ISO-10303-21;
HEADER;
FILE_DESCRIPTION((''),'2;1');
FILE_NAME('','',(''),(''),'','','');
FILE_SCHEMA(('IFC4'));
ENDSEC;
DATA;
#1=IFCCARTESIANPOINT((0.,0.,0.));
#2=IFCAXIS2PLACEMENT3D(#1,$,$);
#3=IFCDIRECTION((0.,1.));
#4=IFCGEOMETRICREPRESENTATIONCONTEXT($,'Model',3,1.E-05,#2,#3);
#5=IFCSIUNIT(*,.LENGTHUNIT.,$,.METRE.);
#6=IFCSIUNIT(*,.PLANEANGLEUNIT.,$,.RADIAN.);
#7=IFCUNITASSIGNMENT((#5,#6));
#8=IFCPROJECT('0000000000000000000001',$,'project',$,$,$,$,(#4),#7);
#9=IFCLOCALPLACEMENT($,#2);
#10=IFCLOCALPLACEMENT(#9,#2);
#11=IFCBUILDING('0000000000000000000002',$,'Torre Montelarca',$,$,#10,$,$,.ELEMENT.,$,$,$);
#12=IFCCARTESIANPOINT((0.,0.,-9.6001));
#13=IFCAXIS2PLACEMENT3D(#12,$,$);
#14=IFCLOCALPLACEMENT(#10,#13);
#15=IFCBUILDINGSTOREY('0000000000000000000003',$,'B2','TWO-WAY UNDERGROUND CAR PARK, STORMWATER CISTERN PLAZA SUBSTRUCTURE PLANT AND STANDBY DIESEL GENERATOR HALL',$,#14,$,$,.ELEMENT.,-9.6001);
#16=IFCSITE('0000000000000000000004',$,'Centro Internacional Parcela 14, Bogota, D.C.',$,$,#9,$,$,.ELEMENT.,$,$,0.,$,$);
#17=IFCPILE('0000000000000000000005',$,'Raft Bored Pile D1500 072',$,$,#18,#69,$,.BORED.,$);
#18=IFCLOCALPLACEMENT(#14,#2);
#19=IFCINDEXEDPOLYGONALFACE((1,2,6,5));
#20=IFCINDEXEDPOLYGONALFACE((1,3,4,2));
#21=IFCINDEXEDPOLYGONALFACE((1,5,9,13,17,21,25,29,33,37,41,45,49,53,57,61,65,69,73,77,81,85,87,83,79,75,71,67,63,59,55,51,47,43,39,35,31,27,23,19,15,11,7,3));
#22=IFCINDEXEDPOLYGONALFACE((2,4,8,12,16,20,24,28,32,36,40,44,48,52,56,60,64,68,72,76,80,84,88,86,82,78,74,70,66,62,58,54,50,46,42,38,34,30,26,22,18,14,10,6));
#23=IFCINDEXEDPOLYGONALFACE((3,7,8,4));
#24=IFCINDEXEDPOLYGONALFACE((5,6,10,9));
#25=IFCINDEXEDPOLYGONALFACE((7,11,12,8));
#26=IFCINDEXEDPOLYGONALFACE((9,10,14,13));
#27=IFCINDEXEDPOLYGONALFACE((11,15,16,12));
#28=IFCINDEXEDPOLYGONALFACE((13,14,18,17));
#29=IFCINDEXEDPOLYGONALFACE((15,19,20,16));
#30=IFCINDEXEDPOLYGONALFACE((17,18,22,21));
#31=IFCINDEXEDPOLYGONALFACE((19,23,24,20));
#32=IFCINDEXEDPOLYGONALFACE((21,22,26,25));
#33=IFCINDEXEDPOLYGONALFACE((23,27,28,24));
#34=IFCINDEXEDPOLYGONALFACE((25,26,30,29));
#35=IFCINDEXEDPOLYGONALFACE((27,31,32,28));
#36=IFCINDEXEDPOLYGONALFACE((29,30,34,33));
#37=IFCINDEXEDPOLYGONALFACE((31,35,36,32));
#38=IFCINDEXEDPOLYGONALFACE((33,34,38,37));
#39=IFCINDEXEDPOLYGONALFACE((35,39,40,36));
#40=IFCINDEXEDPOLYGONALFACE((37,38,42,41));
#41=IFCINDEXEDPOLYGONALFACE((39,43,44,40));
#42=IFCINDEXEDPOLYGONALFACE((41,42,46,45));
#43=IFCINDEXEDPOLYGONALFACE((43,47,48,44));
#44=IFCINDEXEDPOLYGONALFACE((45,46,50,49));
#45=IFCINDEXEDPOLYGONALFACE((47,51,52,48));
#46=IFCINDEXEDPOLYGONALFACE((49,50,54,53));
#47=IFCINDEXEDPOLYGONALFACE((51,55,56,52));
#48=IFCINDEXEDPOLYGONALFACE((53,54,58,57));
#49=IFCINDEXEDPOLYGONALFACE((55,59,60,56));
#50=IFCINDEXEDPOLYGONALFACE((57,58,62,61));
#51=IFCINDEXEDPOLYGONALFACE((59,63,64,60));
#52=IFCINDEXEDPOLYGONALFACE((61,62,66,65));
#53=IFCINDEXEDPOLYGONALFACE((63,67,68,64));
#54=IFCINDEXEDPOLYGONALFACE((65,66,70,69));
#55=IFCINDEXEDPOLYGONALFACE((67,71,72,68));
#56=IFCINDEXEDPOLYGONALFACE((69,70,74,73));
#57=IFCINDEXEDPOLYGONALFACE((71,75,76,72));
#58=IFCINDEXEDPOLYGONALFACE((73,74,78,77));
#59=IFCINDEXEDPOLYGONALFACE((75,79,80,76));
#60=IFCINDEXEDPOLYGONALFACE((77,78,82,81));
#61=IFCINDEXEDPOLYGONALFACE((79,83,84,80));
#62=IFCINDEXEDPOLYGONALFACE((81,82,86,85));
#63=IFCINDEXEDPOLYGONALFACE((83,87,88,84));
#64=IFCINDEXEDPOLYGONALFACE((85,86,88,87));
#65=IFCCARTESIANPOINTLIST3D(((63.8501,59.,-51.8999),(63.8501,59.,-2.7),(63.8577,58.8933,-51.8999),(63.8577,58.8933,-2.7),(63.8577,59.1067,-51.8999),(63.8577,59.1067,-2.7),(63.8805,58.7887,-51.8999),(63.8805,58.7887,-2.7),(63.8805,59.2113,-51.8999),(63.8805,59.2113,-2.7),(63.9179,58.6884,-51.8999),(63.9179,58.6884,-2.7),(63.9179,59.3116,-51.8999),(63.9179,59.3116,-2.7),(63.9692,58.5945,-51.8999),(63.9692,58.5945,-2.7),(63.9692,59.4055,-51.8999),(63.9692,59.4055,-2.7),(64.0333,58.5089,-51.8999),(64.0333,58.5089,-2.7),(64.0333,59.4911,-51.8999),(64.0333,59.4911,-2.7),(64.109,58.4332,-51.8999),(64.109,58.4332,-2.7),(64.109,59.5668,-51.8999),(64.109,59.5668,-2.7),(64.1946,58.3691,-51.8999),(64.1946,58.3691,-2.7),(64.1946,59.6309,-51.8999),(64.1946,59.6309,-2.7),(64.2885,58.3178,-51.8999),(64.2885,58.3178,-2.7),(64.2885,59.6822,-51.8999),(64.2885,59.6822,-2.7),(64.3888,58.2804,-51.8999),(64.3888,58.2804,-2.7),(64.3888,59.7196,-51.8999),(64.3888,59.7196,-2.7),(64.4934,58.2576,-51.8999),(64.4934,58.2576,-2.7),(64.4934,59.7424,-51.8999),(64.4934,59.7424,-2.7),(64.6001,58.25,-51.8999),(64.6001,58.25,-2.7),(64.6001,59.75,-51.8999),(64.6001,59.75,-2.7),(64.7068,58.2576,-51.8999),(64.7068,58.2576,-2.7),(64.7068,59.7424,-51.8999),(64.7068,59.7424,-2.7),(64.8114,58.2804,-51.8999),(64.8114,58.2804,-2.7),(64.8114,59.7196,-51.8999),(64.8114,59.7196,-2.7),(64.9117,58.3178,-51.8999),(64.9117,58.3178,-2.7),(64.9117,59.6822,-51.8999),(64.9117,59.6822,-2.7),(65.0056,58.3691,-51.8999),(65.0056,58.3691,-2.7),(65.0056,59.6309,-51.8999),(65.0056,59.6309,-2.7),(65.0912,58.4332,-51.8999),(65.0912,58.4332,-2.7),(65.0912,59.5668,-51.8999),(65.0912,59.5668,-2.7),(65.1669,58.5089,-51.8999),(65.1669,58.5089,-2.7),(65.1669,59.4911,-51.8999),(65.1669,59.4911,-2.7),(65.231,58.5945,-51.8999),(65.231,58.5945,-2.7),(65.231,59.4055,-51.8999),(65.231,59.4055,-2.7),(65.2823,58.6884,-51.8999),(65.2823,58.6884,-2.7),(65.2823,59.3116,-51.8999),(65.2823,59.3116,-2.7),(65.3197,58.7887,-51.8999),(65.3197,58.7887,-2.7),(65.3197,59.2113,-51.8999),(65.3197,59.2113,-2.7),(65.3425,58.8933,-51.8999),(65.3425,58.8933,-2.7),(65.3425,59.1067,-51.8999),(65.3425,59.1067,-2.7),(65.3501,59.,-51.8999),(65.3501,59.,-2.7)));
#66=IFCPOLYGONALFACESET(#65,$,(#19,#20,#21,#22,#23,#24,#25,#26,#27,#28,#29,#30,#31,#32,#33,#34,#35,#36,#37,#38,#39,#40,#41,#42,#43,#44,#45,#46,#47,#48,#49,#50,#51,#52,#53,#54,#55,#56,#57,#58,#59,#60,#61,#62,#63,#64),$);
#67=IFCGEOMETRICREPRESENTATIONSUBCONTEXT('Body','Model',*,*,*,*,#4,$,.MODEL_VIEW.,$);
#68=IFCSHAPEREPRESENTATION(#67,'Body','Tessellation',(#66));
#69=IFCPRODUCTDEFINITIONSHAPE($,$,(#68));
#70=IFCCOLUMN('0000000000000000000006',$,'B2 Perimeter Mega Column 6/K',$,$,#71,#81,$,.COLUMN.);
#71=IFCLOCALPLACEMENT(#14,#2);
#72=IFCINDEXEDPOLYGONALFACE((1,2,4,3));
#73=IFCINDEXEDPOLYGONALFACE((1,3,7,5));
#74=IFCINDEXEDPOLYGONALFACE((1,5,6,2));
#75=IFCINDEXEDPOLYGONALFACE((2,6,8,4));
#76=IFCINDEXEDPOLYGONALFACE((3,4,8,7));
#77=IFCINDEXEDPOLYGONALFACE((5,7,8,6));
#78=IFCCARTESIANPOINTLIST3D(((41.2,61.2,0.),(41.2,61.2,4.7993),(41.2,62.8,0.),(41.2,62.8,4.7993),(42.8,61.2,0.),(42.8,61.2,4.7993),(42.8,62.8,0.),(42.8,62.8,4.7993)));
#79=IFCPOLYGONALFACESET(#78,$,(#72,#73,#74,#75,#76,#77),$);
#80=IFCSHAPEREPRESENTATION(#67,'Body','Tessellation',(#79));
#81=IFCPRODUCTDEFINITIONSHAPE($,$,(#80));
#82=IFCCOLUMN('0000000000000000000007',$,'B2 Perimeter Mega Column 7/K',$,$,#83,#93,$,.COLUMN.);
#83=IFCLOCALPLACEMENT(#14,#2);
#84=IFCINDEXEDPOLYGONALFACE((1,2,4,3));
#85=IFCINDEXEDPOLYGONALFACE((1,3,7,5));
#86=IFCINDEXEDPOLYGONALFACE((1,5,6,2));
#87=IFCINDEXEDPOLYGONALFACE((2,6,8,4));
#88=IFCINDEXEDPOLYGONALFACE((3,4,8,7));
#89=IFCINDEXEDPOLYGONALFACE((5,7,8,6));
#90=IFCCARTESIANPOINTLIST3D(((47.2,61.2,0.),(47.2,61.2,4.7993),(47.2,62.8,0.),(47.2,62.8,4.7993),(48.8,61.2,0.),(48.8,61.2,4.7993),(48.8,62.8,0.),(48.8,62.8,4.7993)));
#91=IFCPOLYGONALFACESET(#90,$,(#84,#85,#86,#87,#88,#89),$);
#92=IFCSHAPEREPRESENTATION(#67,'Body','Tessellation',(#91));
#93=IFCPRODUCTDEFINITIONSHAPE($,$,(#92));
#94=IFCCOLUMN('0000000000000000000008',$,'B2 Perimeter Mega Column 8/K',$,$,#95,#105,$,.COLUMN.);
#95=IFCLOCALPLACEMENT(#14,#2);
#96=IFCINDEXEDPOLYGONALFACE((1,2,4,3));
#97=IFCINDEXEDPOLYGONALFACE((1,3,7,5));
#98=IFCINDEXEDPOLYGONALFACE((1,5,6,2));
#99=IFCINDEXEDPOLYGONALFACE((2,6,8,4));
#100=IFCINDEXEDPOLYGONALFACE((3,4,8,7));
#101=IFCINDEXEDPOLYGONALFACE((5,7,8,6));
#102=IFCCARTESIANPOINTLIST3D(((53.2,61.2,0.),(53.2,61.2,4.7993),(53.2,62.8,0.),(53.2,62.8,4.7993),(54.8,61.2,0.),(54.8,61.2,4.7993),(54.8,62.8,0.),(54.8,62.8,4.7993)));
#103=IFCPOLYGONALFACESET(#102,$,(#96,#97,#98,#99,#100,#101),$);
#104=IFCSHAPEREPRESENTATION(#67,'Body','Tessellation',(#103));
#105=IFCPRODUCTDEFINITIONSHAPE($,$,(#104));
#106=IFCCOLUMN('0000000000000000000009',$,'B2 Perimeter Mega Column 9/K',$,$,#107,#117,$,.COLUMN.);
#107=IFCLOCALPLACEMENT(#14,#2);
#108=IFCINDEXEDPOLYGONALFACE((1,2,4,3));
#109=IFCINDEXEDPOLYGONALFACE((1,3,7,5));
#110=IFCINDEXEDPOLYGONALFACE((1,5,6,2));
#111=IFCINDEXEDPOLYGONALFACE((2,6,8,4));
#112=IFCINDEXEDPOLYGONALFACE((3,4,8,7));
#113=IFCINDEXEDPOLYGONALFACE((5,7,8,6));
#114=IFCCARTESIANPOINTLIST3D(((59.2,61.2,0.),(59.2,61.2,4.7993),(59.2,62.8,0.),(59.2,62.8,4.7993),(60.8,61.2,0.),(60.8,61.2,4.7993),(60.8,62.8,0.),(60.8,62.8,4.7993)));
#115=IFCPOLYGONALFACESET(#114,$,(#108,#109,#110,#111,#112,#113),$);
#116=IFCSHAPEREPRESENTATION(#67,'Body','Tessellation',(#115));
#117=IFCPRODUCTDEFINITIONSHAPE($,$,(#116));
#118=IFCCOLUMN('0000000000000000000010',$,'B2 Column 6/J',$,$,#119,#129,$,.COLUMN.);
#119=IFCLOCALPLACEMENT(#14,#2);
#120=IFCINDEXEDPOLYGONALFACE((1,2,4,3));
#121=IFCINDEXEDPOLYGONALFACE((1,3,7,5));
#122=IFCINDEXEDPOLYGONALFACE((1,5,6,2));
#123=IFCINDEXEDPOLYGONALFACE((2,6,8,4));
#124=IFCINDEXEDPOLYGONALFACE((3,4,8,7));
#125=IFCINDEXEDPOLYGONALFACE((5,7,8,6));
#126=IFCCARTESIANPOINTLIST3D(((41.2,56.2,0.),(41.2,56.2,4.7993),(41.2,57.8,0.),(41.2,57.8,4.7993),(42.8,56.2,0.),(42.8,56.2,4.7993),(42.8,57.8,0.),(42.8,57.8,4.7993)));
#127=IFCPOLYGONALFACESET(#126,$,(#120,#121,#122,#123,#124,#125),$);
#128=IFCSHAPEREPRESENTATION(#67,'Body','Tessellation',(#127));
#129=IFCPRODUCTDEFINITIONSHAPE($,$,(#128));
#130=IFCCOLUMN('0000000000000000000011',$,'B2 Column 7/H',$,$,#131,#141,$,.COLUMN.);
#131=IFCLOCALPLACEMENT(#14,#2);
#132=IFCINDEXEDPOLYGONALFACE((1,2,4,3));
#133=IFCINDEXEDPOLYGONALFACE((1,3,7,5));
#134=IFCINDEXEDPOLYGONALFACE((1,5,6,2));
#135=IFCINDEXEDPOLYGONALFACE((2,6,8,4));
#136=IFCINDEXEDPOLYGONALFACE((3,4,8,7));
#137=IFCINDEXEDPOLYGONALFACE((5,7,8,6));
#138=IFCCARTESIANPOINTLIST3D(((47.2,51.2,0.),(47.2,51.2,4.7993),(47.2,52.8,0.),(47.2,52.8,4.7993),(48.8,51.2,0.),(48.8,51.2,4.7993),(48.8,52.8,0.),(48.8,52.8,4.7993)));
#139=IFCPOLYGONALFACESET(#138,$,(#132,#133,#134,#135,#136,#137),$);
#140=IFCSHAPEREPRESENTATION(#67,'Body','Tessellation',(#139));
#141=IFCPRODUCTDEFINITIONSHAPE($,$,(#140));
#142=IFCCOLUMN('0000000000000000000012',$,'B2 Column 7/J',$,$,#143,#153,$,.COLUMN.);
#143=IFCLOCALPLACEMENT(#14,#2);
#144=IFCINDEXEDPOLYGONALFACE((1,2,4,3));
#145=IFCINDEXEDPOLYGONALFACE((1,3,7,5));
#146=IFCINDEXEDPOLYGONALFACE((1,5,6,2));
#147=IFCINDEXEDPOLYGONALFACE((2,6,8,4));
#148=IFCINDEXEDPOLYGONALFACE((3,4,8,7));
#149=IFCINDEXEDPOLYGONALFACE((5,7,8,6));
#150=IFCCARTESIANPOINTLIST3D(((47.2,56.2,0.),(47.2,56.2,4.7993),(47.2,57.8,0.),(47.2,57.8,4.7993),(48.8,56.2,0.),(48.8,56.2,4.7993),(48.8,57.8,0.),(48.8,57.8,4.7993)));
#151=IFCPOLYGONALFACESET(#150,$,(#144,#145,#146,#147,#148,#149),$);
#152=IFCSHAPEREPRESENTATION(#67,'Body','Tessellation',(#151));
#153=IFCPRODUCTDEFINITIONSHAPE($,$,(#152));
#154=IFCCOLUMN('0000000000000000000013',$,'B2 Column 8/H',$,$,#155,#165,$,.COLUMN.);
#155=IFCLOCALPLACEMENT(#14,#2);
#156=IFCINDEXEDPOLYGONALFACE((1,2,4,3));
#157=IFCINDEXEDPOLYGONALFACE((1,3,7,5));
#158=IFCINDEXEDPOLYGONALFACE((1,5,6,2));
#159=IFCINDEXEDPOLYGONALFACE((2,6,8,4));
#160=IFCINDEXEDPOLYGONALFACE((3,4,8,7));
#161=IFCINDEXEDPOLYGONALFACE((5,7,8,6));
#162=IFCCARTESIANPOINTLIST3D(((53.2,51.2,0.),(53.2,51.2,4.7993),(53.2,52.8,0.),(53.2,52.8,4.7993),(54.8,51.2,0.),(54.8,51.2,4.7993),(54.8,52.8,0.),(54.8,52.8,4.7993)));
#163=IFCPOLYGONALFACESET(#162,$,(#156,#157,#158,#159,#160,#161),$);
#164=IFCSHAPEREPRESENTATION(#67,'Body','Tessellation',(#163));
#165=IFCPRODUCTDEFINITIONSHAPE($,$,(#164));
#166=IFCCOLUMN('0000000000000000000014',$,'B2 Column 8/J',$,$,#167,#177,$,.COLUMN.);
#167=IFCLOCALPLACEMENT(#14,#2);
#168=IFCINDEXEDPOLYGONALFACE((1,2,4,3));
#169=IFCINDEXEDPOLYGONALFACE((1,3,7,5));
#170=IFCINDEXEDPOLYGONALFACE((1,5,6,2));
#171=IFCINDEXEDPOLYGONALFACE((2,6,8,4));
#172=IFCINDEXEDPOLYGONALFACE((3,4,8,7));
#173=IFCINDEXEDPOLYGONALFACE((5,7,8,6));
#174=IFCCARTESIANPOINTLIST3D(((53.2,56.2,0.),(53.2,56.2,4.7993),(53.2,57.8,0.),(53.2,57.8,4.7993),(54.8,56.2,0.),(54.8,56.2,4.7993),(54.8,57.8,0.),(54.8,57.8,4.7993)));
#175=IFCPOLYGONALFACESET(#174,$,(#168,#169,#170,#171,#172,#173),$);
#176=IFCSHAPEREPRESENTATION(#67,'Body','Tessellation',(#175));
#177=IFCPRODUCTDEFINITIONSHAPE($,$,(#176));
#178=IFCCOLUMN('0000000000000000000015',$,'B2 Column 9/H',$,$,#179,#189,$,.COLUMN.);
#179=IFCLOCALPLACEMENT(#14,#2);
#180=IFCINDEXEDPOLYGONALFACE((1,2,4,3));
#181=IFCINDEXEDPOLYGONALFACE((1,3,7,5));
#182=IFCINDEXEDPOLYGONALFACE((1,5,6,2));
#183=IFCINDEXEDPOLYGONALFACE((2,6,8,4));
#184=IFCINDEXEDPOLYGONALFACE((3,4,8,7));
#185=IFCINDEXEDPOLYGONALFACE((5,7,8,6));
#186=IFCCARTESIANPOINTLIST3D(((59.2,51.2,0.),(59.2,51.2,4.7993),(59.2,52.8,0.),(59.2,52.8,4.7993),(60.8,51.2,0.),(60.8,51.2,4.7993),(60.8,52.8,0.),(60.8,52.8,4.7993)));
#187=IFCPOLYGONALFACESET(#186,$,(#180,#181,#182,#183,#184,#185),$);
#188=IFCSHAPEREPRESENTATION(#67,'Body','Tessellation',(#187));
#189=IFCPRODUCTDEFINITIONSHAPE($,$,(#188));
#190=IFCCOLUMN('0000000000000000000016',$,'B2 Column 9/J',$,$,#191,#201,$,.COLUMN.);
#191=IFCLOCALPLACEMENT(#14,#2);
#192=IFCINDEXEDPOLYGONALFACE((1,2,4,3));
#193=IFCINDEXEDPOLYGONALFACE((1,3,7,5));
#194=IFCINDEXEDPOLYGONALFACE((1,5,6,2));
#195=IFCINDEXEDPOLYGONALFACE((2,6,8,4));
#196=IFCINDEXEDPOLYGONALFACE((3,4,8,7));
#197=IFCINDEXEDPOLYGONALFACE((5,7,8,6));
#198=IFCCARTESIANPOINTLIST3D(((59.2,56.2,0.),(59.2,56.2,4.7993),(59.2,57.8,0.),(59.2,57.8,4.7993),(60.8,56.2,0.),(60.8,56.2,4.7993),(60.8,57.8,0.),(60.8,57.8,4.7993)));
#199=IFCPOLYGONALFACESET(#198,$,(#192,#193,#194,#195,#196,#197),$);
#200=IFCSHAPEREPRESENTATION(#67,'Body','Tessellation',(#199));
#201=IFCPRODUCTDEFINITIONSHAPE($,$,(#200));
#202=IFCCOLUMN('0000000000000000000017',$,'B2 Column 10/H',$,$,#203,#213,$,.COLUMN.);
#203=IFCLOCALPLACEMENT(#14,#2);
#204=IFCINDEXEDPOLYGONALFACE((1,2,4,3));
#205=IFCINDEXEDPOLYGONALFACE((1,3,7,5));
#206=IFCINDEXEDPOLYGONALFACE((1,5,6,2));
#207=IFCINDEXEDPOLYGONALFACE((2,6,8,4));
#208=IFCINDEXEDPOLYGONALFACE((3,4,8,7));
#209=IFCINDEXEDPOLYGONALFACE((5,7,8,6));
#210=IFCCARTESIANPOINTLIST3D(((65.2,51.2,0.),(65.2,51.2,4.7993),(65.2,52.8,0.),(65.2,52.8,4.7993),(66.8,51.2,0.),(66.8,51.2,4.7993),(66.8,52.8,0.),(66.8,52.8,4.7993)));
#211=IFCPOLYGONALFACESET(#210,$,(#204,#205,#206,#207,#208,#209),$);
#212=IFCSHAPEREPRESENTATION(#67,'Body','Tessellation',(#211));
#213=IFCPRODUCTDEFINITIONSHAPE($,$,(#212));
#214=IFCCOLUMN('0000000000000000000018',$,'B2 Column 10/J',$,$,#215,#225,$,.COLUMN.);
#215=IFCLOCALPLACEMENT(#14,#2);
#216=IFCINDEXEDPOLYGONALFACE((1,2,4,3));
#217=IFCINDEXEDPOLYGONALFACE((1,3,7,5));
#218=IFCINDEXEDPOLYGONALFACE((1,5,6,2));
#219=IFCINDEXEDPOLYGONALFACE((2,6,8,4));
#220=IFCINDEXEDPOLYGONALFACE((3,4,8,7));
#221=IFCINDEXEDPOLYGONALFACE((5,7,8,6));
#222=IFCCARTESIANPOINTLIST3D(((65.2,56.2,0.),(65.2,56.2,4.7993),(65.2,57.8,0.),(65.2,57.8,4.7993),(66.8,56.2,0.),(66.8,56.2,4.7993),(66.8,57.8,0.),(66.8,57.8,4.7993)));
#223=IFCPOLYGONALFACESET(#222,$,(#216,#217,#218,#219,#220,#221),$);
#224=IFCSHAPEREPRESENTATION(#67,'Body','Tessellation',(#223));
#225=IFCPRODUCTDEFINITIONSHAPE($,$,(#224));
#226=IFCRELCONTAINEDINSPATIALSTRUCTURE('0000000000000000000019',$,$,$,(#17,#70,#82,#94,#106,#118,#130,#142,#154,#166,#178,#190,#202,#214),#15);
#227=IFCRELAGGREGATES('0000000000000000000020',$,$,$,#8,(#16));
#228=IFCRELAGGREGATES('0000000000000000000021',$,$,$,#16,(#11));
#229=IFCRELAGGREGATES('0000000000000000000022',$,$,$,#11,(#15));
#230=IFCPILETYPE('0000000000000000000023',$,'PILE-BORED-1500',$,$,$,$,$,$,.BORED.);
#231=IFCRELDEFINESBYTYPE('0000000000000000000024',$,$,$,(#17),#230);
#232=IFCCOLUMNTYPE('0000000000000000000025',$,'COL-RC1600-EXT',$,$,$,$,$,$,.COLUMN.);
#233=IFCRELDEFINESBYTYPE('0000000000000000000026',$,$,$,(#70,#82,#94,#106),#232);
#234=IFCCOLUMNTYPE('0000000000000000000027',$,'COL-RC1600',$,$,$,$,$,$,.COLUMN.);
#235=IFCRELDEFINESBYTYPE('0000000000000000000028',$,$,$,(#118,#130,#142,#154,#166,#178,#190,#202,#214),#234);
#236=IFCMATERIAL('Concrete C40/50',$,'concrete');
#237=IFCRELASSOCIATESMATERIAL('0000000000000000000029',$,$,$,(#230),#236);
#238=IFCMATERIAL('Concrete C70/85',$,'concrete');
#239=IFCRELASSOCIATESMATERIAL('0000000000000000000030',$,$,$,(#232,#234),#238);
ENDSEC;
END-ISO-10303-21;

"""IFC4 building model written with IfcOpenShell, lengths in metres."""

from ifc_helpers import new_model, si_unit, direction, frame, origin, origin_2d, place, context, subcontext, project, spatial, rectangle, circle, extrude, source, transform, mapped, material, material_profile, profile_set, type_object, element, save


model = new_model("IFC4")

# Units and contexts
model_context = context("Model", 3, precision=1e-05, world=origin(), true_north=direction((0.0, 1.0)))
body_context = subcontext(model_context, "Body", "Model", "MODEL_VIEW")
ifc_project = project(units=[si_unit("LENGTHUNIT", "METRE"), si_unit("PLANEANGLEUNIT", "RADIAN")], contexts=[model_context])

# Site, building, storey
site_placement = place(None, origin())
site = spatial("IfcSite", under=ifc_project, at=site_placement, Name="Centro Internacional Parcela 14, Bogota, D.C.", CompositionType="ELEMENT", RefElevation=0.0)
building_placement = place(site_placement, origin())
building = spatial("IfcBuilding", under=site, at=building_placement, Name="Torre Montelarca", CompositionType="ELEMENT")
storey_placement = place(building_placement, frame((0.0, 0.0, -9.6001)))
storey = spatial("IfcBuildingStorey", under=building, at=storey_placement, Name="B2", Description="TWO-WAY UNDERGROUND CAR PARK, STORMWATER CISTERN PLAZA SUBSTRUCTURE PLANT AND STANDBY DIESEL GENERATOR HALL", CompositionType="ELEMENT", Elevation=-9.6001)

# Pile
ifc_material_1 = material(Name="Concrete C40/50", Category="concrete")
ifc_material_profile_1 = material_profile(ifc_material_1, circle(Radius=0.75, at=origin_2d()), Name="PILE-D1500", Category="concrete")
ifc_profile_set_1 = profile_set([ifc_material_profile_1], Name="Concrete C40/50")
pile_type = type_object("IfcPileType", Name="PILE-BORED-1500", PredefinedType="BORED", material=ifc_profile_set_1)
shared_shape_1 = source(origin(), body_context, "Body", "SweptSolid", [
    extrude(circle(Radius=0.75, at=origin_2d()), origin(), (0.0, 0.0, 1.0), 49.2),
])
for number, where, z_axis, x_axis, name in (
    (1, (64.6001, 59.0, -2.7), (0.0, 0.0, -1.0), (1.0, 0.0, 0.0), "Raft Bored Pile D1500 072"),
):
    element("IfcPile", number, at=place(storey_placement, frame(where, z_axis=z_axis, x_axis=x_axis)), inside=storey, type_object=pile_type, Name=name, PredefinedType="BORED", context=body_context, shape_type="MappedRepresentation", body=[
        mapped(shared_shape_1, transform((0.0, 0.0, 0.0), scale=1.0)),
    ])

# Columns
ifc_material_2 = material(Name="Concrete C70/85", Category="concrete")
ifc_material_profile_2 = material_profile(ifc_material_2, rectangle(XDim=1.6001, YDim=1.6001, at=origin_2d()), Name="RC1600X1600", Category="concrete")
ifc_profile_set_2 = profile_set([ifc_material_profile_2], Name="Concrete C70/85")
column_type_1 = type_object("IfcColumnType", Name="COL-RC1600-EXT", PredefinedType="COLUMN", material=ifc_profile_set_2)
shared_shape_2 = source(origin(), body_context, "Body", "SweptSolid", [
    extrude(rectangle(XDim=1.6001, YDim=1.6001, at=origin_2d()), origin(), (0.0, 0.0, 1.0), 4.7993),
])
for number, where, z_axis, x_axis, name in (
    (2, (42.0, 62.0, 0.0), (0.0, 0.0, 1.0), (1.0, 0.0, 0.0), "B2 Perimeter Mega Column 6/K"),
    (3, (48.0, 62.0, 0.0), (0.0, 0.0, 1.0), (1.0, 0.0, 0.0), "B2 Perimeter Mega Column 7/K"),
    (4, (54.0, 62.0, 0.0), (0.0, 0.0, 1.0), (1.0, 0.0, 0.0), "B2 Perimeter Mega Column 8/K"),
    (5, (60.0, 62.0, 0.0), (0.0, 0.0, 1.0), (1.0, 0.0, 0.0), "B2 Perimeter Mega Column 9/K"),
):
    element("IfcColumn", number, at=place(storey_placement, frame(where, z_axis=z_axis, x_axis=x_axis)), inside=storey, type_object=column_type_1, Name=name, PredefinedType="COLUMN", context=body_context, shape_type="MappedRepresentation", body=[
        mapped(shared_shape_2, transform((0.0, 0.0, 0.0), scale=1.0)),
    ])
ifc_material_profile_3 = material_profile(ifc_material_2, rectangle(XDim=1.6001, YDim=1.6001, at=origin_2d()), Name="RC1600X1600", Category="concrete")
ifc_profile_set_3 = profile_set([ifc_material_profile_3], Name="Concrete C70/85")
column_type_2 = type_object("IfcColumnType", Name="COL-RC1600", PredefinedType="COLUMN", material=ifc_profile_set_3)
shared_shape_3 = source(origin(), body_context, "Body", "SweptSolid", [
    extrude(rectangle(XDim=1.6001, YDim=1.6001, at=origin_2d()), origin(), (0.0, 0.0, 1.0), 4.7993),
])
for number, where, z_axis, x_axis, name in (
    (6, (42.0, 57.0, 0.0), (0.0, 0.0, 1.0), (1.0, 0.0, 0.0), "B2 Column 6/J"),
    (7, (48.0, 52.0, 0.0), (0.0, 0.0, 1.0), (1.0, 0.0, 0.0), "B2 Column 7/H"),
    (8, (48.0, 57.0, 0.0), (0.0, 0.0, 1.0), (1.0, 0.0, 0.0), "B2 Column 7/J"),
    (9, (54.0, 52.0, 0.0), (0.0, 0.0, 1.0), (1.0, 0.0, 0.0), "B2 Column 8/H"),
    (10, (54.0, 57.0, 0.0), (0.0, 0.0, 1.0), (1.0, 0.0, 0.0), "B2 Column 8/J"),
    (11, (60.0, 52.0, 0.0), (0.0, 0.0, 1.0), (1.0, 0.0, 0.0), "B2 Column 9/H"),
    (12, (60.0, 57.0, 0.0), (0.0, 0.0, 1.0), (1.0, 0.0, 0.0), "B2 Column 9/J"),
    (13, (66.0, 52.0, 0.0), (0.0, 0.0, 1.0), (1.0, 0.0, 0.0), "B2 Column 10/H"),
    (14, (66.0, 57.0, 0.0), (0.0, 0.0, 1.0), (1.0, 0.0, 0.0), "B2 Column 10/J"),
):
    element("IfcColumn", number, at=place(storey_placement, frame(where, z_axis=z_axis, x_axis=x_axis)), inside=storey, type_object=column_type_2, Name=name, PredefinedType="COLUMN", context=body_context, shape_type="MappedRepresentation", body=[
        mapped(shared_shape_3, transform((0.0, 0.0, 0.0), scale=1.0)),
    ])

save(model, "model.ifc")
